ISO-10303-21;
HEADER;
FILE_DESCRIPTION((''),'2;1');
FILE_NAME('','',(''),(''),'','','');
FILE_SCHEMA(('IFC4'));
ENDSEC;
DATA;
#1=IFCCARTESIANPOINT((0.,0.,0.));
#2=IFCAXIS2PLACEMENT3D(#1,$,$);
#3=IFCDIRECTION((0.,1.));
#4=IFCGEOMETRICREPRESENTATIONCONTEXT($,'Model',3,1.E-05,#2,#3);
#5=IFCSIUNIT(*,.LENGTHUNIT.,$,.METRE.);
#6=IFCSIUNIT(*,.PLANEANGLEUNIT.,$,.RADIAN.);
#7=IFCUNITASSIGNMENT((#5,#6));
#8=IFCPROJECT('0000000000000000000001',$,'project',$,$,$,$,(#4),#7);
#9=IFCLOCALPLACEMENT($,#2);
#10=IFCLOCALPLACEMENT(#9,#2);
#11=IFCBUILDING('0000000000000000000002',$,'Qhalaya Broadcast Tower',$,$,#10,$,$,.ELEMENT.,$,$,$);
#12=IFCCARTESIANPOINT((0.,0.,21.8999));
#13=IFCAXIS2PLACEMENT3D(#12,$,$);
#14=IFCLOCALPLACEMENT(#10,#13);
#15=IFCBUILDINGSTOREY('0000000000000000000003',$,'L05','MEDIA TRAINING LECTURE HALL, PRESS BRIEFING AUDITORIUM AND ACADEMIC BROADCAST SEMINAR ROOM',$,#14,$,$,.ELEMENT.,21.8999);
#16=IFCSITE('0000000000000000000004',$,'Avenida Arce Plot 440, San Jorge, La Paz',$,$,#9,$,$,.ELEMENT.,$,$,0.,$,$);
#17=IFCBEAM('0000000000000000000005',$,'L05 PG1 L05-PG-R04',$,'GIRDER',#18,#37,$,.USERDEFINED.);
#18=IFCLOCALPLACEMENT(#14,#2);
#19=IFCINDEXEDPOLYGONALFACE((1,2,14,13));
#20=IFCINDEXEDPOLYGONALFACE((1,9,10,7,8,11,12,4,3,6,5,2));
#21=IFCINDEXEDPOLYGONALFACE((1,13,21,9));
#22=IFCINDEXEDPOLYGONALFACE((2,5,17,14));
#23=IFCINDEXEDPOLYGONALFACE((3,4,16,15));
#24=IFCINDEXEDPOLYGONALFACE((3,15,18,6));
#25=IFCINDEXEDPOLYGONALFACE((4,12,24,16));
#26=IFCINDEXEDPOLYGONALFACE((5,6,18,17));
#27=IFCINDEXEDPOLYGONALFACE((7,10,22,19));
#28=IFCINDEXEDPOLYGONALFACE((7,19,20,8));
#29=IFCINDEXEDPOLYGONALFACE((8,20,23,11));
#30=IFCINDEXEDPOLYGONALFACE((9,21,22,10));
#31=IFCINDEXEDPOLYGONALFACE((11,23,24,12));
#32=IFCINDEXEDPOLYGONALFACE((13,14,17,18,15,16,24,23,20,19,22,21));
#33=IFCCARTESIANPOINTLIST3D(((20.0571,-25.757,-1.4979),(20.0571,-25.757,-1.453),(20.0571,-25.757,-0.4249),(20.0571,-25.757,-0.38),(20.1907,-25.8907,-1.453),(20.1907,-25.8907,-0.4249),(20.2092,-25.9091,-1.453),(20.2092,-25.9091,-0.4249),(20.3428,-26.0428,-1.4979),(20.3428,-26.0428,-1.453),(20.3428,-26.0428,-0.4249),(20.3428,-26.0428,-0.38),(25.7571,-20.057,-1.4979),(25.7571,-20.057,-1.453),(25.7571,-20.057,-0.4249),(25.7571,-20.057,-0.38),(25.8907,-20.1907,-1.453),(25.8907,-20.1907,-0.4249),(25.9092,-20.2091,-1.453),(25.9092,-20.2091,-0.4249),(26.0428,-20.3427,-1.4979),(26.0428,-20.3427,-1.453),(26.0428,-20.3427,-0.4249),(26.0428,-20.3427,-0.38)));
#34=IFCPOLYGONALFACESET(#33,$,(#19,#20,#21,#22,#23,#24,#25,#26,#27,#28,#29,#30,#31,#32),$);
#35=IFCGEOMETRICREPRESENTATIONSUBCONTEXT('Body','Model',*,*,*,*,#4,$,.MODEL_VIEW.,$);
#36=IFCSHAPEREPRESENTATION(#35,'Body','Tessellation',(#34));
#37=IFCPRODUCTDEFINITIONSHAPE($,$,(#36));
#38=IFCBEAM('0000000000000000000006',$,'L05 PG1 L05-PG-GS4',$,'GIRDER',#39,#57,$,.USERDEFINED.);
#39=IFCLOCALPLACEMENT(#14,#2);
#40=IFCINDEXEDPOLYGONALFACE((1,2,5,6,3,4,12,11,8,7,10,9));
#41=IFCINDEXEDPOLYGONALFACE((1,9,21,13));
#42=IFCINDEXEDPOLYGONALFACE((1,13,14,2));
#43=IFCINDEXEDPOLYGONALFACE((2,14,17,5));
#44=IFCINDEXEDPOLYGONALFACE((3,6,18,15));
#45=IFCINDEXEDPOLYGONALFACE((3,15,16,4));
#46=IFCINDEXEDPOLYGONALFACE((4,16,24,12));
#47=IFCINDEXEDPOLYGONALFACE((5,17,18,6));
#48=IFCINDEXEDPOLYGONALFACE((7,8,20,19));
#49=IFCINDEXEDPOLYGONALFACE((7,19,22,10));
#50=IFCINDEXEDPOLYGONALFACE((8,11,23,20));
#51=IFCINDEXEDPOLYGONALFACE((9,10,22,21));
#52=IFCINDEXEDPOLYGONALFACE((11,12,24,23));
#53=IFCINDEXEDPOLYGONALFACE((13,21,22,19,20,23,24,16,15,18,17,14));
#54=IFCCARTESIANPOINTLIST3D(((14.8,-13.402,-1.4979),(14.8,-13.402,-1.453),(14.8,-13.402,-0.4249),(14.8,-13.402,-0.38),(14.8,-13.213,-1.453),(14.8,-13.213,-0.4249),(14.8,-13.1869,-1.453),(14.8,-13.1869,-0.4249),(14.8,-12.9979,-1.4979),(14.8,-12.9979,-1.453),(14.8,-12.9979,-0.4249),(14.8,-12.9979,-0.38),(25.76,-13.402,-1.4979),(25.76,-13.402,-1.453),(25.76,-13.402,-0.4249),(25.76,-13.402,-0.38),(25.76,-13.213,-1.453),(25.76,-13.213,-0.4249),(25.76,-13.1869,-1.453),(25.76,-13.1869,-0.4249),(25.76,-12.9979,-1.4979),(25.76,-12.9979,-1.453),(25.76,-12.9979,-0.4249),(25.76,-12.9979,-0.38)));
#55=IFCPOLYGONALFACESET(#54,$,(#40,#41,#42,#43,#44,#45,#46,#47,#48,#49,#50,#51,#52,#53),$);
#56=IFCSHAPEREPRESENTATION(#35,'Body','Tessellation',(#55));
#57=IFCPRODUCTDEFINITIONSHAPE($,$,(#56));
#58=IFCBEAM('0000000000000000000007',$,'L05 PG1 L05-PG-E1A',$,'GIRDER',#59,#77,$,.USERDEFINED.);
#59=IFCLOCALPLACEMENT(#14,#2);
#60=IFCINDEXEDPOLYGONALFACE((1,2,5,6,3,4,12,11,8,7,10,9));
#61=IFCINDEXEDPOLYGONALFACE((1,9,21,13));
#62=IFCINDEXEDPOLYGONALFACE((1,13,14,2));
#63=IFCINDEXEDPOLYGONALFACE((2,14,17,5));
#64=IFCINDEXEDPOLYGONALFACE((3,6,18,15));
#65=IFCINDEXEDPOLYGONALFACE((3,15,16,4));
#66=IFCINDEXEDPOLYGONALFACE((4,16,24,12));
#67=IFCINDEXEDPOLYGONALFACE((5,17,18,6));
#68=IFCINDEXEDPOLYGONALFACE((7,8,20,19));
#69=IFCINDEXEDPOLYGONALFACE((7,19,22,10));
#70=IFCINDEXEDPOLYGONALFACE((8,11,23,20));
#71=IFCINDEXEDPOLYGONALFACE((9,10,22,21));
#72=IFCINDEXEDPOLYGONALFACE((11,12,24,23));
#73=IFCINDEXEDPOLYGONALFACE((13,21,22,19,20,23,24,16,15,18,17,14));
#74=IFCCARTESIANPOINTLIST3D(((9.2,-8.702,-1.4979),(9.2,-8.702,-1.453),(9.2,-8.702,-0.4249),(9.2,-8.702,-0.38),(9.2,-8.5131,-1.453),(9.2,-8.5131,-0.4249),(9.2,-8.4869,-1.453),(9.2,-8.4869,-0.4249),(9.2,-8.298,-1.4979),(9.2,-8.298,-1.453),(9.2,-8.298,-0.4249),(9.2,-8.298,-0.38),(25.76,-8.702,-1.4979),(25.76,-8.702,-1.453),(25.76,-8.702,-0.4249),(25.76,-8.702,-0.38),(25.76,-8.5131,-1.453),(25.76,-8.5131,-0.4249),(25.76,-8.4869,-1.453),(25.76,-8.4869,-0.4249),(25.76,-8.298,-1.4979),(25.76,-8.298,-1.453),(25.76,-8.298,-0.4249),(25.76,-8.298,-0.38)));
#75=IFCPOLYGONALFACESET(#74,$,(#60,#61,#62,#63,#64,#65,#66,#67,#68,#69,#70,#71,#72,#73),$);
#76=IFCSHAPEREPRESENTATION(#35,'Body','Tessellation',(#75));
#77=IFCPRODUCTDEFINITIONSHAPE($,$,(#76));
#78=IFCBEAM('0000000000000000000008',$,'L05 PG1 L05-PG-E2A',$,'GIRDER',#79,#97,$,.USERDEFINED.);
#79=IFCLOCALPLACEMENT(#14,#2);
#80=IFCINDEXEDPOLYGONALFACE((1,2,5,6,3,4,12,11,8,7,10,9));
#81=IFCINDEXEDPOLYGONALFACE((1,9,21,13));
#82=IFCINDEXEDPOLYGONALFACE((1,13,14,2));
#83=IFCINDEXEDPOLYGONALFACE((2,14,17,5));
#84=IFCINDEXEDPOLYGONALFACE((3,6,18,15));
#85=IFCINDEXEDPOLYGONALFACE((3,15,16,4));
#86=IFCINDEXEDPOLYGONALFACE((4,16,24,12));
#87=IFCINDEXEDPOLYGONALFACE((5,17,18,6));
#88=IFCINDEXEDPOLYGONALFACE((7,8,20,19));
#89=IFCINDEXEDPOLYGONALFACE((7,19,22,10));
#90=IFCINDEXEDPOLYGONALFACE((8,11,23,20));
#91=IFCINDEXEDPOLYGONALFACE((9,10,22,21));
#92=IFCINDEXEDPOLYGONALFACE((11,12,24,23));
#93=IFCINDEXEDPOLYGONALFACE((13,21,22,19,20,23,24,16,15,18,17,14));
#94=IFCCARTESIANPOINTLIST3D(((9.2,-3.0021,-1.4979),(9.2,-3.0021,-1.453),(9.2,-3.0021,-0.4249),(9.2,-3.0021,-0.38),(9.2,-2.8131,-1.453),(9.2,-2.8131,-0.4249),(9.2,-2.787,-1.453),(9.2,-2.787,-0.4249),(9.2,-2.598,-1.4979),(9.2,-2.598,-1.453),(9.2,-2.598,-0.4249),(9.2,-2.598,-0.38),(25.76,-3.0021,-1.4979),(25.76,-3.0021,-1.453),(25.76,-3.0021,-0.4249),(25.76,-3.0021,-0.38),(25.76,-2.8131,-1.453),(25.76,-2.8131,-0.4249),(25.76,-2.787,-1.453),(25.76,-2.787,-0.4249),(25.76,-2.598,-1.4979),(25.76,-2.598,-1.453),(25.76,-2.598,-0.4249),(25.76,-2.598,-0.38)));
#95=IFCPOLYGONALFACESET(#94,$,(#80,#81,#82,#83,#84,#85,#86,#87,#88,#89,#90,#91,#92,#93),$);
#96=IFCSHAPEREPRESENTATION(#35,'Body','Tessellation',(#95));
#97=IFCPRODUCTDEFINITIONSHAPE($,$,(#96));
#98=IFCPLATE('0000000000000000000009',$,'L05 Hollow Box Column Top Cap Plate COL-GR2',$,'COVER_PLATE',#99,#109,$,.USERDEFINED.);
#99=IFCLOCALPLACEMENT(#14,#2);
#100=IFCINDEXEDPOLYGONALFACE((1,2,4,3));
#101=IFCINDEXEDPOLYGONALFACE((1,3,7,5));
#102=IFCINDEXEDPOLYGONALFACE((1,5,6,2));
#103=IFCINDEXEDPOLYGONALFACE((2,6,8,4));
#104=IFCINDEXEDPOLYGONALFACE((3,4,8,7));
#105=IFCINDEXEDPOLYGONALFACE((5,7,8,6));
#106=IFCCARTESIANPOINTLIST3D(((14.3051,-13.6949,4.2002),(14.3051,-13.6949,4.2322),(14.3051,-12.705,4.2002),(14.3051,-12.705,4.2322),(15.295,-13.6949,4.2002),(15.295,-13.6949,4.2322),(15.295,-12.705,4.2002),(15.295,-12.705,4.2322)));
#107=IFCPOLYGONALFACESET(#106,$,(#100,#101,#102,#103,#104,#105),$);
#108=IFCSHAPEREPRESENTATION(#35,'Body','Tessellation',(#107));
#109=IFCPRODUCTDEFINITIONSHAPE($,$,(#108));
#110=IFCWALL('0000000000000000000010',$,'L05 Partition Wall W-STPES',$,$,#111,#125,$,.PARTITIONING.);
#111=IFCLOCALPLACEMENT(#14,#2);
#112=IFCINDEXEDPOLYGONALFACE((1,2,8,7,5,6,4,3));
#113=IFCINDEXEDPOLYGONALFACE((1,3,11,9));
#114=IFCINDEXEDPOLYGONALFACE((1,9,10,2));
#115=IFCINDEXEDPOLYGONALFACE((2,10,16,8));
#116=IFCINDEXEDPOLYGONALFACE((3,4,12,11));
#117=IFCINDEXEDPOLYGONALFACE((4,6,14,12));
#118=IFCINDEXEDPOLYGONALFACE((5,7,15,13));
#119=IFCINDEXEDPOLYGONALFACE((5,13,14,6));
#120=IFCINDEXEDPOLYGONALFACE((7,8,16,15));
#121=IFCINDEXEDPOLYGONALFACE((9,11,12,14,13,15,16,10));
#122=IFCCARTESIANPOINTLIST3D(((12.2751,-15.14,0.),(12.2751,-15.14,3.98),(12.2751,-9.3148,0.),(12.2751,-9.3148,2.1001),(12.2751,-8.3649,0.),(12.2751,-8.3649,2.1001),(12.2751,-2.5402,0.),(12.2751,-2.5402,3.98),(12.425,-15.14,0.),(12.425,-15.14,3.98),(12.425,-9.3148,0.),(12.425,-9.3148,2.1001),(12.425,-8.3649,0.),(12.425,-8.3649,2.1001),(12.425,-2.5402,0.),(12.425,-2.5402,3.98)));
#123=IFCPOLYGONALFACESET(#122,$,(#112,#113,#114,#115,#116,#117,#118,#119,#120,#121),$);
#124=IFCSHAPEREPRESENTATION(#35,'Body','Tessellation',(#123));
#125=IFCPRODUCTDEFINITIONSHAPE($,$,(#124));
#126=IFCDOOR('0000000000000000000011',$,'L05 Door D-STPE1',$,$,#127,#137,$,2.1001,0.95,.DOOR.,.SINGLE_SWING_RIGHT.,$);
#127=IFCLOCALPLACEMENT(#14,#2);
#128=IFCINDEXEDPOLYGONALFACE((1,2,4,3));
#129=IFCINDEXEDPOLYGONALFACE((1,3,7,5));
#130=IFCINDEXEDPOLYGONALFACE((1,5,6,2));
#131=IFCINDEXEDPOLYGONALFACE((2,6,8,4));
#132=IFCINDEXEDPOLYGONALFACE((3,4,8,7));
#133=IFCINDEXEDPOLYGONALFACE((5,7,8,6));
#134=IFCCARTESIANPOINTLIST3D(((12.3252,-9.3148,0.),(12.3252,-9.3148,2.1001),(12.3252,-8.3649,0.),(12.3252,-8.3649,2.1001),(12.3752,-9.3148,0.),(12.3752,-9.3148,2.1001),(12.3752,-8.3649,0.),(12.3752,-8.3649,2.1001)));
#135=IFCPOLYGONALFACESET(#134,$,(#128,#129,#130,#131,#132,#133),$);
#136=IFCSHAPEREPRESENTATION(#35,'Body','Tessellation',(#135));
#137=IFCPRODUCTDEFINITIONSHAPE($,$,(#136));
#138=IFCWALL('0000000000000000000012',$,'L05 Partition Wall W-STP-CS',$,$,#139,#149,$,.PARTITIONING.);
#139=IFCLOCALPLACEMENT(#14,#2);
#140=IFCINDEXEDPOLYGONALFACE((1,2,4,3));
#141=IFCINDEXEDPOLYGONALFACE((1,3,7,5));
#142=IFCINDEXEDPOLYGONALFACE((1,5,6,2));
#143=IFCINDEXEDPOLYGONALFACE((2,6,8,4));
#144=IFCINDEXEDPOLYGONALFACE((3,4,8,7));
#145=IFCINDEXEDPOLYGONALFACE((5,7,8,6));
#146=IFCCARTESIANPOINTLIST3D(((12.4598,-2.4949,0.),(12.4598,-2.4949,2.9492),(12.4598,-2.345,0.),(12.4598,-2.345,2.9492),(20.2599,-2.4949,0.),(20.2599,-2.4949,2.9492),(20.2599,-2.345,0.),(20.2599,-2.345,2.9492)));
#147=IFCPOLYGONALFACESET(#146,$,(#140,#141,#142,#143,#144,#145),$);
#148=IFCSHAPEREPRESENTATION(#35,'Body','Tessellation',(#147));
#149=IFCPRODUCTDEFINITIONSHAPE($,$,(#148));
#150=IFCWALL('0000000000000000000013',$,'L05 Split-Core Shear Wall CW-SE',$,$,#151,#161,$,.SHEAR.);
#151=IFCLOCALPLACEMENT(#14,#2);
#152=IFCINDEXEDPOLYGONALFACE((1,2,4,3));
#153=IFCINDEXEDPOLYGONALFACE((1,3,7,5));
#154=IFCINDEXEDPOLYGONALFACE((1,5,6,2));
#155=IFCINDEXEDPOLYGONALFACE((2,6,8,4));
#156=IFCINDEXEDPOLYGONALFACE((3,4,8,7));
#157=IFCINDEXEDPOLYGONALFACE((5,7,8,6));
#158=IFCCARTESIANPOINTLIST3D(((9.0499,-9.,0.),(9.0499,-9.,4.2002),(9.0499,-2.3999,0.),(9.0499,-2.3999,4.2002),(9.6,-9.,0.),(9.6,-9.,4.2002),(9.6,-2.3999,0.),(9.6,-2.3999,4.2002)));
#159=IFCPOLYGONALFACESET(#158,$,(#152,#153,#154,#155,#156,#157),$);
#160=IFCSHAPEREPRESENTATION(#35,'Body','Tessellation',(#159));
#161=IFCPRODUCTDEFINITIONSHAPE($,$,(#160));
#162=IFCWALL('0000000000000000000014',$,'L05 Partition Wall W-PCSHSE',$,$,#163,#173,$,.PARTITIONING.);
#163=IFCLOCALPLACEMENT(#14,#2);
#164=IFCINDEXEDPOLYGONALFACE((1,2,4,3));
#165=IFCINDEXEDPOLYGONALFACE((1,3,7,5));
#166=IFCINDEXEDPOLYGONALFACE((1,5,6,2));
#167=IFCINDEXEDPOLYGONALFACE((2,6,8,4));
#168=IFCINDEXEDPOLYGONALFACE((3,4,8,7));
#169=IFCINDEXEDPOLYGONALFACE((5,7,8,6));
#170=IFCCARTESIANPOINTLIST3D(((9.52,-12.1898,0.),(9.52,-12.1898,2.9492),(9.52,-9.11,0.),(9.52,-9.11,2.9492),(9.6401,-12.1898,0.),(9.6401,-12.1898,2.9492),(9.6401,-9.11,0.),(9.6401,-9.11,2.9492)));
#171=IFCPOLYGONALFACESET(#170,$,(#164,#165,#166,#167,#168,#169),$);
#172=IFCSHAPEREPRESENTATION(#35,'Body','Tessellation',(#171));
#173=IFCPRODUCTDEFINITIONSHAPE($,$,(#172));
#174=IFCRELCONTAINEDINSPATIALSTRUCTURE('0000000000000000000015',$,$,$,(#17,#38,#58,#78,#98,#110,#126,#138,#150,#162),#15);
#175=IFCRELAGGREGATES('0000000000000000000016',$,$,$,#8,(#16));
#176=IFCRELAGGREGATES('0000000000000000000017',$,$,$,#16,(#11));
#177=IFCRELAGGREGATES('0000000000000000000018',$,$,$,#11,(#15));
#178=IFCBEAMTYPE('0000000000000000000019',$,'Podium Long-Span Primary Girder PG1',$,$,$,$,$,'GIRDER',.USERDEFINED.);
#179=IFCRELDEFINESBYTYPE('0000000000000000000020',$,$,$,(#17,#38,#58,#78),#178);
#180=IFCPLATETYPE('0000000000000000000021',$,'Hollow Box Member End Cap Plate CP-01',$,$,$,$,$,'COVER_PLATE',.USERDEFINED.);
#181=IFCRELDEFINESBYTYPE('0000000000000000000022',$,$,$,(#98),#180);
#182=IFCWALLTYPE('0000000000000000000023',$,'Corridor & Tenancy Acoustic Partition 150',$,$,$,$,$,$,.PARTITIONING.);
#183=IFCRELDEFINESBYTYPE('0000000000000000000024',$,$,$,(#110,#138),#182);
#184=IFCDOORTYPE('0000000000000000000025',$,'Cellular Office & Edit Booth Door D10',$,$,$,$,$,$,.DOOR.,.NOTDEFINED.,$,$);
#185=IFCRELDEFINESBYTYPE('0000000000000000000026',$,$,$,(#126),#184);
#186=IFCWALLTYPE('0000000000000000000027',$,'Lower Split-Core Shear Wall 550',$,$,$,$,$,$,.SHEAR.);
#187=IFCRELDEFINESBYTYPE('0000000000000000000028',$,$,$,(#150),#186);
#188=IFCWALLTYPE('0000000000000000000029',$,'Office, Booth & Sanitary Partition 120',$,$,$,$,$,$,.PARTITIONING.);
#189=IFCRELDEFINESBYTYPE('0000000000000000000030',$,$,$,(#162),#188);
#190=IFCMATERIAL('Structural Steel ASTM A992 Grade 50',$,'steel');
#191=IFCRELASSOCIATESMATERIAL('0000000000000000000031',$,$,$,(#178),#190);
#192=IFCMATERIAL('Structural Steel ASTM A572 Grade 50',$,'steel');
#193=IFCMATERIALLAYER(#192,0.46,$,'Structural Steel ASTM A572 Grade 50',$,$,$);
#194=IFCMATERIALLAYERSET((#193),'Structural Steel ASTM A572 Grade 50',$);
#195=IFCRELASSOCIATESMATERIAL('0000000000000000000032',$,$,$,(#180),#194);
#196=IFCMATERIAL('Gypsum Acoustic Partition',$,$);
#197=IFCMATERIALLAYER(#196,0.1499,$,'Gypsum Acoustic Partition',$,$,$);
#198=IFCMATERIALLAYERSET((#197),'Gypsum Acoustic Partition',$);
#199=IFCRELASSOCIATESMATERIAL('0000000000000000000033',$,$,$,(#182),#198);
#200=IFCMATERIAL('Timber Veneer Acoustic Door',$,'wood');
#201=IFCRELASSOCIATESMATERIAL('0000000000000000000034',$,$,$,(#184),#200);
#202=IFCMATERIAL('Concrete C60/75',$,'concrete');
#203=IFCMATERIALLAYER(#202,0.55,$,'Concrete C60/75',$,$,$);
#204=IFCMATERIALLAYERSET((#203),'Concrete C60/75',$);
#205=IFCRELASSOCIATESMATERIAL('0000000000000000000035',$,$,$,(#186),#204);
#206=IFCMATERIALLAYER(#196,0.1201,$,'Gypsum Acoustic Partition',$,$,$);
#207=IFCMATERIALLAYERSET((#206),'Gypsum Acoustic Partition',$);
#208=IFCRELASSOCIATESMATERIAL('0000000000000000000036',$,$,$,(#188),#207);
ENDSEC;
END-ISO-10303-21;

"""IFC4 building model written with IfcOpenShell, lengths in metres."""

from ifc_helpers import new_model, si_unit, direction, frame, frame_2d, origin, origin_2d, place, context, subcontext, project, spatial, rectangle, i_section, extrude, material, layer, layer_set, material_profile, profile_set, type_object, element, fill, save


model = new_model("IFC4")

# Units and contexts
model_context = context("Model", 3, precision=1e-05, world=origin(), true_north=direction((0.0, 1.0)))
body_context = subcontext(model_context, "Body", "Model", "MODEL_VIEW")
ifc_project = project(units=[si_unit("LENGTHUNIT", "METRE"), si_unit("PLANEANGLEUNIT", "RADIAN")], contexts=[model_context])

# Site, building, storey
site_placement = place(None, origin())
site = spatial("IfcSite", under=ifc_project, at=site_placement, Name="Avenida Arce Plot 440, San Jorge, La Paz", CompositionType="ELEMENT", RefElevation=0.0)
building_placement = place(site_placement, origin())
building = spatial("IfcBuilding", under=site, at=building_placement, Name="Qhalaya Broadcast Tower", CompositionType="ELEMENT")
storey_placement = place(building_placement, frame((0.0, 0.0, 21.8999)))
storey = spatial("IfcBuildingStorey", under=building, at=storey_placement, Name="L05", Description="MEDIA TRAINING LECTURE HALL, PRESS BRIEFING AUDITORIUM AND ACADEMIC BROADCAST SEMINAR ROOM", CompositionType="ELEMENT", Elevation=21.8999)

# Shared definitions
ifc_material_1 = material(Name="Concrete C60/75", Category="concrete")
ifc_material_2 = material(Name="Structural Steel ASTM A572 Grade 50", Category="steel")

# Beams
ifc_material_3 = material(Name="Structural Steel ASTM A992 Grade 50", Category="steel")
ifc_material_profile_1 = material_profile(ifc_material_3, i_section(OverallWidth=0.4041, OverallDepth=1.1179, WebThickness=0.0261, FlangeThickness=0.0449, at=origin_2d()), Name="W44X335")
ifc_profile_set_1 = profile_set([ifc_material_profile_1], Name="Structural Steel ASTM A992 Grade 50")
beam_type_1 = type_object("IfcBeamType", Name="Podium Long-Span Primary Girder PG1", ElementType="GIRDER", PredefinedType="USERDEFINED", material=ifc_profile_set_1)
beam_1_placement = place(storey_placement, frame((20.2, -25.8999, -0.939), z_axis=(0.707107, 0.707107, 0.0), x_axis=(-0.707107, 0.707107, 0.0)))
element("IfcBeam", 1, at=beam_1_placement, inside=storey, type_object=beam_type_1, Name="L05 PG1 L05-PG-R04", ObjectType="GIRDER", PredefinedType="USERDEFINED", context=body_context, shape_type="SweptSolid", body=[
    extrude(i_section(OverallWidth=0.4041, OverallDepth=1.1179, WebThickness=0.0261, FlangeThickness=0.0449, at=origin_2d()), origin(), (0.0, 0.0, 1.0), 8.061),
])
beam_2_placement = place(storey_placement, frame((14.8, -13.2, -0.939), z_axis=(1.0, 0.0, 0.0), x_axis=(0.0, 1.0, 0.0)))
element("IfcBeam", 2, at=beam_2_placement, inside=storey, type_object=beam_type_1, Name="L05 PG1 L05-PG-GS4", ObjectType="GIRDER", PredefinedType="USERDEFINED", context=body_context, shape_type="SweptSolid", body=[
    extrude(i_section(OverallWidth=0.4041, OverallDepth=1.1179, WebThickness=0.0261, FlangeThickness=0.0449, at=origin_2d()), origin(), (0.0, 0.0, 1.0), 10.96),
])
for number, where, z_axis, x_axis, name in (
    (3, (9.2, -8.5, -0.939), (1.0, 0.0, 0.0), (0.0, 1.0, 0.0), "L05 PG1 L05-PG-E1A"),
    (4, (9.2, -2.8, -0.939), (1.0, 0.0, 0.0), (0.0, 1.0, 0.0), "L05 PG1 L05-PG-E2A"),
):
    element("IfcBeam", number, at=place(storey_placement, frame(where, z_axis=z_axis, x_axis=x_axis)), inside=storey, type_object=beam_type_1, Name=name, ObjectType="GIRDER", PredefinedType="USERDEFINED", context=body_context, shape_type="SweptSolid", body=[
        extrude(i_section(OverallWidth=0.4041, OverallDepth=1.1179, WebThickness=0.0261, FlangeThickness=0.0449, at=origin_2d()), origin(), (0.0, 0.0, 1.0), 16.5601),
    ])

# Plate
ifc_layer_1 = layer(ifc_material_2, 0.46, Name="Structural Steel ASTM A572 Grade 50")
ifc_layer_set_1 = layer_set([ifc_layer_1], Name="Structural Steel ASTM A572 Grade 50")
plate_type = type_object("IfcPlateType", Name="Hollow Box Member End Cap Plate CP-01", ElementType="COVER_PLATE", PredefinedType="USERDEFINED", material=ifc_layer_set_1)
plate_placement = place(storey_placement, frame((14.8, -13.2, 4.2002), z_axis=(0.0, 0.0, 1.0), x_axis=(1.0, 0.0, 0.0)))
element("IfcPlate", 5, at=plate_placement, inside=storey, type_object=plate_type, Name="L05 Hollow Box Column Top Cap Plate COL-GR2", ObjectType="COVER_PLATE", PredefinedType="USERDEFINED", context=body_context, shape_type="SweptSolid", body=[
    extrude(rectangle(XDim=0.99, YDim=0.99, at=origin_2d()), origin(), (0.0, 0.0, 1.0), 0.032),
])

# Wall, opening, door
ifc_material_4 = material(Name="Gypsum Acoustic Partition")
ifc_layer_2 = layer(ifc_material_4, 0.1499, Name="Gypsum Acoustic Partition")
ifc_layer_set_2 = layer_set([ifc_layer_2], Name="Gypsum Acoustic Partition")
wall_type_1 = type_object("IfcWallType", Name="Corridor & Tenancy Acoustic Partition 150", PredefinedType="PARTITIONING", material=ifc_layer_set_2)
wall_1_placement = place(storey_placement, frame((12.3501, -15.1399, 0.0), z_axis=(0.0, 0.0, 1.0), x_axis=(0.0, 1.0, 0.0)))
wall_1 = element("IfcWall", 6, at=wall_1_placement, inside=storey, type_object=wall_type_1, Name="L05 Partition Wall W-STPES", PredefinedType="PARTITIONING", context=body_context, shape_type="SweptSolid", body=[
    extrude(rectangle(XDim=12.5999, YDim=0.1499, at=frame_2d((6.2998, 0.0))), origin(), (0.0, 0.0, 1.0), 3.98),
])
opening_placement = place(wall_1_placement, frame((5.825, 0.0, 0.0)))
opening = element("IfcOpeningElement", 7, at=opening_placement, cuts=wall_1, PredefinedType="OPENING", context=body_context, shape_type="SweptSolid", body=[
    extrude(rectangle(XDim=0.95, YDim=2.1001, at=frame_2d((0.4751, 1.05))), frame((0.0, 0.0869, 0.0), z_axis=(0.0, -1.0, 0.0), x_axis=(1.0, 0.0, 0.0)), (0.0, 0.0, 1.0), 0.1738),
])
ifc_material_5 = material(Name="Timber Veneer Acoustic Door", Category="wood")
door_type = type_object("IfcDoorType", Name="Cellular Office & Edit Booth Door D10", OperationType="NOTDEFINED", PredefinedType="DOOR", material=ifc_material_5)
door_placement = place(opening_placement, origin())
door = element("IfcDoor", 8, at=door_placement, inside=storey, type_object=door_type, Name="L05 Door D-STPE1", OperationType="SINGLE_SWING_RIGHT", OverallHeight=2.1001, OverallWidth=0.95, PredefinedType="DOOR", context=body_context, shape_type="SweptSolid", body=[
    extrude(rectangle(XDim=0.95, YDim=2.1001, at=frame_2d((0.4751, 1.05))), frame((0.0, 0.0249, 0.0), z_axis=(0.0, -1.0, 0.0), x_axis=(1.0, 0.0, 0.0)), (0.0, 0.0, 1.0), 0.05),
])
fill(opening, door)

# Walls
wall_2_placement = place(storey_placement, frame((12.46, -2.4199, 0.0), z_axis=(0.0, 0.0, 1.0), x_axis=(1.0, 0.0, 0.0)))
element("IfcWall", 9, at=wall_2_placement, inside=storey, type_object=wall_type_1, Name="L05 Partition Wall W-STP-CS", PredefinedType="PARTITIONING", context=body_context, shape_type="SweptSolid", body=[
    extrude(rectangle(XDim=7.8, YDim=0.1499, at=frame_2d((3.8999, 0.0))), origin(), (0.0, 0.0, 1.0), 2.9492),
])
ifc_layer_3 = layer(ifc_material_1, 0.55, Name="Concrete C60/75")
ifc_layer_set_3 = layer_set([ifc_layer_3], Name="Concrete C60/75")
wall_type_2 = type_object("IfcWallType", Name="Lower Split-Core Shear Wall 550", PredefinedType="SHEAR", material=ifc_layer_set_3)
wall_3_placement = place(storey_placement, frame((9.325, -9.0, 0.0), z_axis=(0.0, 0.0, 1.0), x_axis=(0.0, 1.0, 0.0)))
element("IfcWall", 10, at=wall_3_placement, inside=storey, type_object=wall_type_2, Name="L05 Split-Core Shear Wall CW-SE", PredefinedType="SHEAR", context=body_context, shape_type="SweptSolid", body=[
    extrude(rectangle(XDim=6.6001, YDim=0.55, at=frame_2d((3.3, 0.0))), origin(), (0.0, 0.0, 1.0), 4.2002),
])
ifc_layer_4 = layer(ifc_material_4, 0.1201, Name="Gypsum Acoustic Partition")
ifc_layer_set_4 = layer_set([ifc_layer_4], Name="Gypsum Acoustic Partition")
wall_type_3 = type_object("IfcWallType", Name="Office, Booth & Sanitary Partition 120", PredefinedType="PARTITIONING", material=ifc_layer_set_4)
wall_4_placement = place(storey_placement, frame((9.5801, -12.1899, 0.0), z_axis=(0.0, 0.0, 1.0), x_axis=(0.0, 1.0, 0.0)))
element("IfcWall", 11, at=wall_4_placement, inside=storey, type_object=wall_type_3, Name="L05 Partition Wall W-PCSHSE", PredefinedType="PARTITIONING", context=body_context, shape_type="SweptSolid", body=[
    extrude(rectangle(XDim=3.0798, YDim=0.1201, at=frame_2d((1.54, 0.0))), origin(), (0.0, 0.0, 1.0), 2.9492),
])

save(model, "model.ifc")
